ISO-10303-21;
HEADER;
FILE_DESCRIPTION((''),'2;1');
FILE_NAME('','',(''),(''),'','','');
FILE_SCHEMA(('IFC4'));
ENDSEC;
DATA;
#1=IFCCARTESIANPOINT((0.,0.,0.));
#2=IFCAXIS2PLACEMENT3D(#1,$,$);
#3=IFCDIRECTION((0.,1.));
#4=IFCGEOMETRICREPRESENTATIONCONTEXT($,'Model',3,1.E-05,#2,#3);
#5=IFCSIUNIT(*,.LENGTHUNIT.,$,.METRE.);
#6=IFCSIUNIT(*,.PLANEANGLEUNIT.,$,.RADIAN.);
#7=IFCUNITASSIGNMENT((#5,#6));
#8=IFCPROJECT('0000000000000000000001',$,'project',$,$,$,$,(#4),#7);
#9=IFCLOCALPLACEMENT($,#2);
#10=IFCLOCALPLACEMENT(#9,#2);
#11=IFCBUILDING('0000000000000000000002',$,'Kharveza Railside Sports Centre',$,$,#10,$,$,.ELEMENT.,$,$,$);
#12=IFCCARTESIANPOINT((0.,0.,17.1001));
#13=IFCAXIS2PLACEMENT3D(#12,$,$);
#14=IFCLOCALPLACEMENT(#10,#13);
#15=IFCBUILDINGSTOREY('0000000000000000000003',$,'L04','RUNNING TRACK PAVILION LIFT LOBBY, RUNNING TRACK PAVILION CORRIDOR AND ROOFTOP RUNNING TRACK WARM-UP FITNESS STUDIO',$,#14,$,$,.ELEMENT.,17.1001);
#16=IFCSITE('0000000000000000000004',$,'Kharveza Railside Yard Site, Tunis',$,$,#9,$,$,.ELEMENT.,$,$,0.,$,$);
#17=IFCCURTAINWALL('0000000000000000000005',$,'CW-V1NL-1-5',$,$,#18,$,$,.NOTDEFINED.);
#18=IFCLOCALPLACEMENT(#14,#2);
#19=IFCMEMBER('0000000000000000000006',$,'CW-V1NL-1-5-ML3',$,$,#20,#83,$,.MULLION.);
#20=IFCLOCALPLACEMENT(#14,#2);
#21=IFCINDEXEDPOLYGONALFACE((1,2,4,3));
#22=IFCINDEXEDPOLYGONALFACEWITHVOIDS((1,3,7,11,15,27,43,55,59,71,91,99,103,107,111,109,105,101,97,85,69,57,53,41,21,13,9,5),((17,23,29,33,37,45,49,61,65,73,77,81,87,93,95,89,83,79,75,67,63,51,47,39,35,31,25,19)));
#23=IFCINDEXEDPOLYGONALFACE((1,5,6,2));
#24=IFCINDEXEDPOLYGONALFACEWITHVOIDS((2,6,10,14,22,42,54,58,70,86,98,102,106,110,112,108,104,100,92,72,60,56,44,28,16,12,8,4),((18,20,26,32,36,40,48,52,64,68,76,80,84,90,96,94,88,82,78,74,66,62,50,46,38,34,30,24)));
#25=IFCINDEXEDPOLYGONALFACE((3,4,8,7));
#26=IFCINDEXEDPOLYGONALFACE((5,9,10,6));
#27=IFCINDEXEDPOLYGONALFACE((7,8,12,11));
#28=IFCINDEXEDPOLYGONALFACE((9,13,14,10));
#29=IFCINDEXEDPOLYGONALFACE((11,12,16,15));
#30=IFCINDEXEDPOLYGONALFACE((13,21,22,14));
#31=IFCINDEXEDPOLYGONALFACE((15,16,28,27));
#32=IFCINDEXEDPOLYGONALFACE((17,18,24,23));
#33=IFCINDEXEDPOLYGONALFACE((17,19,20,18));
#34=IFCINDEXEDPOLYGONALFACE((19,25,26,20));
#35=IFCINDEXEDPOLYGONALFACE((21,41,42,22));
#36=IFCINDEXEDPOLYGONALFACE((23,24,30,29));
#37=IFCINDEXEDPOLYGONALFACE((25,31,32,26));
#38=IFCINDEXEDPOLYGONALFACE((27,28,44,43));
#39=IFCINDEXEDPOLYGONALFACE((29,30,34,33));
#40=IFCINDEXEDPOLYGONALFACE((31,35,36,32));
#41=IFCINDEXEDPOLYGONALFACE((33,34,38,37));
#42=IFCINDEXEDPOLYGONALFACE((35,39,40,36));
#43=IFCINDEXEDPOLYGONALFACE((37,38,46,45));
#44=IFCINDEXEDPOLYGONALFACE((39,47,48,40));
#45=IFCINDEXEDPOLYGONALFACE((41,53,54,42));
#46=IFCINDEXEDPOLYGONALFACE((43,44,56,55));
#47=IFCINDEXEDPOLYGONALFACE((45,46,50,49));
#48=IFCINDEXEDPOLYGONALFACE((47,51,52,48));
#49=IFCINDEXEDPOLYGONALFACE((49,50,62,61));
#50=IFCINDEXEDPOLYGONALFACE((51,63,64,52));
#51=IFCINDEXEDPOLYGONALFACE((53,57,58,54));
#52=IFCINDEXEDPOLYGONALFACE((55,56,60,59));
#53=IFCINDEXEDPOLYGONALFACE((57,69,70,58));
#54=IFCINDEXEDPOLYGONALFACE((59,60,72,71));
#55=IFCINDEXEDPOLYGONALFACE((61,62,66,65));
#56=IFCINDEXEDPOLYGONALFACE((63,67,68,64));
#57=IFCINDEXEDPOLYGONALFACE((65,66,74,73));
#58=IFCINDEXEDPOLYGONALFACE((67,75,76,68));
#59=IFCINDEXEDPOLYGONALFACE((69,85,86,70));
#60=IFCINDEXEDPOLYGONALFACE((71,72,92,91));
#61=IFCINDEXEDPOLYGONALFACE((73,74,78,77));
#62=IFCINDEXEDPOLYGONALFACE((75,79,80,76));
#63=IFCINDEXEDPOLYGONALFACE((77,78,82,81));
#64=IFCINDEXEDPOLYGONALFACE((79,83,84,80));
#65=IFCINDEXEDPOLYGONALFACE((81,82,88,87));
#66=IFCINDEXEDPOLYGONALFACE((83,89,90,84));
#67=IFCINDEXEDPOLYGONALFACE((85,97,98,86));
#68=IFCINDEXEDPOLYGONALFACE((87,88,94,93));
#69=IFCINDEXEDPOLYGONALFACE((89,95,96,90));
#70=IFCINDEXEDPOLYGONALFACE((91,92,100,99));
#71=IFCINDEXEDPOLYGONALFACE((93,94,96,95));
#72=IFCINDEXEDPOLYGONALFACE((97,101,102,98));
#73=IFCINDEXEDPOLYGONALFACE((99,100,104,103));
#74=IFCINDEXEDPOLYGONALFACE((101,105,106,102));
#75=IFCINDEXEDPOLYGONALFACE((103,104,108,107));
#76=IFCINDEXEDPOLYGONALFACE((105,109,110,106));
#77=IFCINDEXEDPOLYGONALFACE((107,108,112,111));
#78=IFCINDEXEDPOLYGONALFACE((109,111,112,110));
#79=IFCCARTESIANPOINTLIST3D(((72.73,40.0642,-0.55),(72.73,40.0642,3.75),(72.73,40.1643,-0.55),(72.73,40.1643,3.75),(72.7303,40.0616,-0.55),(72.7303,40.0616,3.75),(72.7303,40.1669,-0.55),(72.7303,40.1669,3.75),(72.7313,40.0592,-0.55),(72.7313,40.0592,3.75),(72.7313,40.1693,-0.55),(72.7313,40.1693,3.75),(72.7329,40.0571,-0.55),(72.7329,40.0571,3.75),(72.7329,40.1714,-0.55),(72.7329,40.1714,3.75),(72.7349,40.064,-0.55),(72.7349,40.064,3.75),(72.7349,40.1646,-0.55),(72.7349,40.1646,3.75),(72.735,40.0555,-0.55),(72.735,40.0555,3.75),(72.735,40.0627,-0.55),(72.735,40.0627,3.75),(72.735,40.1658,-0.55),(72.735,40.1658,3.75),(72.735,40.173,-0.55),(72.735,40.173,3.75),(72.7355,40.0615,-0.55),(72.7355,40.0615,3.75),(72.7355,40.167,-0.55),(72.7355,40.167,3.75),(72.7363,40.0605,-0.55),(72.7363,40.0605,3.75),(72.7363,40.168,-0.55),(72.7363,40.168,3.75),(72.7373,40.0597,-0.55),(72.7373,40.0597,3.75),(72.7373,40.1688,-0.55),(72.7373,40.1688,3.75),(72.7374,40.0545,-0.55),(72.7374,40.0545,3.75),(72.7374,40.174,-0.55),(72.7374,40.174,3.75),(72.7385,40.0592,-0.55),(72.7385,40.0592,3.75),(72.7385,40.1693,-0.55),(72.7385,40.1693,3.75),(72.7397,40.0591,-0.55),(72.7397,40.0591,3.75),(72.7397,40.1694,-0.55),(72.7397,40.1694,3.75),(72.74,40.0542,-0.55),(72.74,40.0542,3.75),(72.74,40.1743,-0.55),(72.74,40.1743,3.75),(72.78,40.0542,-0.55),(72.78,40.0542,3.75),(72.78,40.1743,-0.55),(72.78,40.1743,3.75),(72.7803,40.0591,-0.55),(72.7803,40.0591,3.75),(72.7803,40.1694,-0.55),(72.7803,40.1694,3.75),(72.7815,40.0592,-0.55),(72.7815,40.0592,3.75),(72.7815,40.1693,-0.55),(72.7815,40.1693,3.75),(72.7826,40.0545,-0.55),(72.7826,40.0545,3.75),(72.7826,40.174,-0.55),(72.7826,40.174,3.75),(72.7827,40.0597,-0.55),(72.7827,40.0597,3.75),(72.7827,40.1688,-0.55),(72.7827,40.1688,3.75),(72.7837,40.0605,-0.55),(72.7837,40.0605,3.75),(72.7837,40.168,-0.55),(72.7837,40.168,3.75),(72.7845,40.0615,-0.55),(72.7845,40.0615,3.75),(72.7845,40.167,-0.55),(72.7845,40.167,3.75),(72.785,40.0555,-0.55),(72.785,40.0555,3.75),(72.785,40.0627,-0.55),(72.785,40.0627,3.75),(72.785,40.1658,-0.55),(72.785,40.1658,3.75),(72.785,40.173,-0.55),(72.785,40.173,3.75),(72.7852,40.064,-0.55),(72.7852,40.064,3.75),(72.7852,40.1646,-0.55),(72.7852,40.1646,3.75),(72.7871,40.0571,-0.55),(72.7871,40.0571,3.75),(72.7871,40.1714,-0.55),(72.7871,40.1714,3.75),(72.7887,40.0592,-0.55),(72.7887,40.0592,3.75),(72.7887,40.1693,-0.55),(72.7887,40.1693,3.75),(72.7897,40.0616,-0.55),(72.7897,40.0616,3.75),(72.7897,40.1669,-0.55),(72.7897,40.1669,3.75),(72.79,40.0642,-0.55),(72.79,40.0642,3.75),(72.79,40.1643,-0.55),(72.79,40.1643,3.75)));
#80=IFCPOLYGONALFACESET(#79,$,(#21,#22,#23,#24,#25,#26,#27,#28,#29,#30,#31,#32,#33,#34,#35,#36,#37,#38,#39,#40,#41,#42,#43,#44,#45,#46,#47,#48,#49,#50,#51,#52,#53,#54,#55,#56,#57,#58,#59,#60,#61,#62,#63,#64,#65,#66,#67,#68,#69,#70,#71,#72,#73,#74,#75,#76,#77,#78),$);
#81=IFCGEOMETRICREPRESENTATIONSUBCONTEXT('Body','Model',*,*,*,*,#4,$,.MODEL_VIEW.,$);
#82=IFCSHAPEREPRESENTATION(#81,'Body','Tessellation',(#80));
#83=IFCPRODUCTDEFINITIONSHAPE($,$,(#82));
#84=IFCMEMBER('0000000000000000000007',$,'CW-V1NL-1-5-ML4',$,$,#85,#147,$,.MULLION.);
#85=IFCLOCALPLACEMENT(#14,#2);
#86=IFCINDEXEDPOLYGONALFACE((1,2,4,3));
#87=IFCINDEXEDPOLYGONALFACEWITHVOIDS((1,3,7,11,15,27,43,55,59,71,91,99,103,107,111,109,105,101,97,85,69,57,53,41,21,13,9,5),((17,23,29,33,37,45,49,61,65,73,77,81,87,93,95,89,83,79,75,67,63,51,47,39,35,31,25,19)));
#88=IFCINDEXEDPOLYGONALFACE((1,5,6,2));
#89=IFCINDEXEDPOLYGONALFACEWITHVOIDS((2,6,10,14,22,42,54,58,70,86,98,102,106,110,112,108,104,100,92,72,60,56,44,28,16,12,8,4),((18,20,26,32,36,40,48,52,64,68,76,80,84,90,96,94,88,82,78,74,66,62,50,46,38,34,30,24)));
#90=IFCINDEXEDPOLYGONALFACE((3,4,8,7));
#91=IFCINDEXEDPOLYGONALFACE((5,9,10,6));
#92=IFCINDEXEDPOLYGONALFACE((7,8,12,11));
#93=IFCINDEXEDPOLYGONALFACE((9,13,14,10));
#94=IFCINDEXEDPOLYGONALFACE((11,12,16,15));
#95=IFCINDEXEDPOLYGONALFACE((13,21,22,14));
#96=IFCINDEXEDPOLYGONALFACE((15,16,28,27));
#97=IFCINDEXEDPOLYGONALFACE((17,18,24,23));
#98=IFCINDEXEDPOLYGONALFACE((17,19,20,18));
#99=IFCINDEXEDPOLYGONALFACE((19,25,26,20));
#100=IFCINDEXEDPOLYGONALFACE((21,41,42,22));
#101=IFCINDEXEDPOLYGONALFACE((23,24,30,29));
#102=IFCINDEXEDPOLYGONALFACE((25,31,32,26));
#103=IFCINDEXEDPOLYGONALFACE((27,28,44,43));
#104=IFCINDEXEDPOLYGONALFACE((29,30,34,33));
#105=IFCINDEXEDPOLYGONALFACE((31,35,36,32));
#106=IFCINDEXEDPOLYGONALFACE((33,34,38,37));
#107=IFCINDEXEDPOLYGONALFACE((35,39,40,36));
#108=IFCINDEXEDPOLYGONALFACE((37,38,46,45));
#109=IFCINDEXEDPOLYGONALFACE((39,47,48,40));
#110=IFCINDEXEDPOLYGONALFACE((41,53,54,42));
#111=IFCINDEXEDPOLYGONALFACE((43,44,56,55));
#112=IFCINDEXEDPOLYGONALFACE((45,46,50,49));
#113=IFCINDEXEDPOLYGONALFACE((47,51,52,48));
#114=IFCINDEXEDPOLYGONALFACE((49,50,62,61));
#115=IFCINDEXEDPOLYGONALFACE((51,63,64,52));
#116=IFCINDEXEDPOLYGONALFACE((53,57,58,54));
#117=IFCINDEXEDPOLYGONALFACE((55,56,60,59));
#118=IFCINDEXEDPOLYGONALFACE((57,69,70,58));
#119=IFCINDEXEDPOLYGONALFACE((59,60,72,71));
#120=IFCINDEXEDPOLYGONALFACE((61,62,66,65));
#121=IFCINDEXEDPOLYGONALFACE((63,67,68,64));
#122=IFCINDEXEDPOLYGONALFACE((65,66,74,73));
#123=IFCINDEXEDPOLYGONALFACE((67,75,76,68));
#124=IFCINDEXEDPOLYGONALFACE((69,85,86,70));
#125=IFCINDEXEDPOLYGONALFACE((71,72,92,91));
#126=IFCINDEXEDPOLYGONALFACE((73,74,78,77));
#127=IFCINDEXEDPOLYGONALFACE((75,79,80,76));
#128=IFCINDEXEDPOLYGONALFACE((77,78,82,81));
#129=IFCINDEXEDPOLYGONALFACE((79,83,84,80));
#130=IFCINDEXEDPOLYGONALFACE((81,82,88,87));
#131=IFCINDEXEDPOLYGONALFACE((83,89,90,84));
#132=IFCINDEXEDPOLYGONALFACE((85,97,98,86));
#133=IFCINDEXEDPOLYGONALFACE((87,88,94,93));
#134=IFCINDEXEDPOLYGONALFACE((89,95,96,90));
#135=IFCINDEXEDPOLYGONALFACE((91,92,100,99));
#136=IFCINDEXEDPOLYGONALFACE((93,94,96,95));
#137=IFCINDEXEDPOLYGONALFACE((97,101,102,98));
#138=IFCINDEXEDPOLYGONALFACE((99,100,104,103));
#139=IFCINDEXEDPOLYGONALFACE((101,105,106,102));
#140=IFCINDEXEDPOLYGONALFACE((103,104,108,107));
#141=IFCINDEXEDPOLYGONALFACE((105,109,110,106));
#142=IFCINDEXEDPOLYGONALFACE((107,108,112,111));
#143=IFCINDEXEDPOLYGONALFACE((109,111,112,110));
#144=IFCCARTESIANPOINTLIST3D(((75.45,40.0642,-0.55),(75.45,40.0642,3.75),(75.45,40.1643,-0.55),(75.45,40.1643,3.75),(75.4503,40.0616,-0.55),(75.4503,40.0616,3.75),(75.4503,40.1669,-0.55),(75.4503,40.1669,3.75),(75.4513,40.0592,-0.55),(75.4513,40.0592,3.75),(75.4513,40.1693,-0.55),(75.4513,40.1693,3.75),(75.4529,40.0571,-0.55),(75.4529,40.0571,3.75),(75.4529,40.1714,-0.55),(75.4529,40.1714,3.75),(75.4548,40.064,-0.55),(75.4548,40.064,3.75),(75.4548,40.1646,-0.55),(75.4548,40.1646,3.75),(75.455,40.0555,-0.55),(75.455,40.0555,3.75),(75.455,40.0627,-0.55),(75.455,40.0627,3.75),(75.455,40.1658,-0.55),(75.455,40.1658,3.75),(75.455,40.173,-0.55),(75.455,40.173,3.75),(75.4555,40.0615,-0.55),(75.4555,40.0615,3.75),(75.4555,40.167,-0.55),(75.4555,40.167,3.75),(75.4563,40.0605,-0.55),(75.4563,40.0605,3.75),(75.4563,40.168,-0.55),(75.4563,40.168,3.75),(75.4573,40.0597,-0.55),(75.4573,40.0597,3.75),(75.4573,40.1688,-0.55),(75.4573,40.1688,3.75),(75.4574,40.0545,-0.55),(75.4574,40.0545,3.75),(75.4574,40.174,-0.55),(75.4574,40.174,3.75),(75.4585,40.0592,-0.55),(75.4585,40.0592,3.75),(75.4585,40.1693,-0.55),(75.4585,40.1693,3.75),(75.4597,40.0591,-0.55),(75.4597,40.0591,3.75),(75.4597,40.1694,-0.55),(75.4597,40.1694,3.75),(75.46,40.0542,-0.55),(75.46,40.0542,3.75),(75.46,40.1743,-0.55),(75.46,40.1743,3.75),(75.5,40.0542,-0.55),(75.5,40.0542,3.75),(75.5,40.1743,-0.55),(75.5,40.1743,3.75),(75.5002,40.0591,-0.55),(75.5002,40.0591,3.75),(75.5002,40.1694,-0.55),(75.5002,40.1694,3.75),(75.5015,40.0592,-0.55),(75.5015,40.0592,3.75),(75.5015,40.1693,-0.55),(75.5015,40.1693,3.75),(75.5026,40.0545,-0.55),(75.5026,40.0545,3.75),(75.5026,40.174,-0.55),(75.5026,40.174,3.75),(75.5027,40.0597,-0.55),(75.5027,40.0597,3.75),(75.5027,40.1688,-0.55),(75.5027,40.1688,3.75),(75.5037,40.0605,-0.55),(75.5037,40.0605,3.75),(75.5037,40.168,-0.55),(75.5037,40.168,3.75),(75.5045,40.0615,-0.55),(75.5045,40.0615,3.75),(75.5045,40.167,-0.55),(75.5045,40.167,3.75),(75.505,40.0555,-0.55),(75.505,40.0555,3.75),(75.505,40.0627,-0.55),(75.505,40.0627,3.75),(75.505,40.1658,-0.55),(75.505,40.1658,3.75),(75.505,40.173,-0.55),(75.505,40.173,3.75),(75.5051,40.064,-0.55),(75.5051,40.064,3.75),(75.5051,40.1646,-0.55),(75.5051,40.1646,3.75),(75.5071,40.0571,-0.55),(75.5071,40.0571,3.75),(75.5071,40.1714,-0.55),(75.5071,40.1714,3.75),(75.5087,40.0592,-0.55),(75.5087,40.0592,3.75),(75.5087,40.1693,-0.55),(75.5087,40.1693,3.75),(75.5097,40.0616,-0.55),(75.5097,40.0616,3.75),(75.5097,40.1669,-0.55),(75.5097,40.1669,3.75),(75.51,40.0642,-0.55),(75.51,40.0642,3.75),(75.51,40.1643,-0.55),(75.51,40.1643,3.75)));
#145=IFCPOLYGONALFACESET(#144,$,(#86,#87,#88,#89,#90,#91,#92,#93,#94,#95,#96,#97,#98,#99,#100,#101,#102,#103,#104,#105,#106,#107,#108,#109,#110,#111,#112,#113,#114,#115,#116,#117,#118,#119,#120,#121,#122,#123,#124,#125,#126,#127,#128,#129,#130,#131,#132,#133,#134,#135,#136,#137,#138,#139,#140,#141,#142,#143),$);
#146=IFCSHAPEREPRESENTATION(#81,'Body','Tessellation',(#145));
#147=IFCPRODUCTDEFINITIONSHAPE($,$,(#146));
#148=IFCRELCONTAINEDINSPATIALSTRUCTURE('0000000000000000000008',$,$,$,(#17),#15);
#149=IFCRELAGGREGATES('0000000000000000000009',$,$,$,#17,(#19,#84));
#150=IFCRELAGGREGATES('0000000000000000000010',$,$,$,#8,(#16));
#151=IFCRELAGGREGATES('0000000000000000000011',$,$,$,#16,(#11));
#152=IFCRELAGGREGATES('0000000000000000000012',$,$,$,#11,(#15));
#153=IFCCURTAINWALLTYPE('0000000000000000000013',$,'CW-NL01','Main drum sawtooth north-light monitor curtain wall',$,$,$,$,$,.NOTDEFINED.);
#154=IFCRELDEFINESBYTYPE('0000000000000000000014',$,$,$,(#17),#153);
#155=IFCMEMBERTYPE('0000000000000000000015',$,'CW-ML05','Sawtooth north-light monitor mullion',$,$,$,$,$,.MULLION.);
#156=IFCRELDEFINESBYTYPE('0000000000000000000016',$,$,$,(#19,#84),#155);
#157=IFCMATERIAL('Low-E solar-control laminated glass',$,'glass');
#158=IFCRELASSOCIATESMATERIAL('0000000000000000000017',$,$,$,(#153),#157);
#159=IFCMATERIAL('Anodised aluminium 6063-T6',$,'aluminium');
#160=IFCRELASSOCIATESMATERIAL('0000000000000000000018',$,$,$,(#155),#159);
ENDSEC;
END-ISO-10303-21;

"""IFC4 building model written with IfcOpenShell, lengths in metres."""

from ifc_helpers import new_model, si_unit, direction, frame, origin, origin_2d, place, context, subcontext, project, spatial, hollow_rectangle, extrude, material, material_profile, profile_set, type_object, element, aggregate, save


model = new_model("IFC4")

# Units and contexts
model_context = context("Model", 3, precision=1e-05, world=origin(), true_north=direction((0.0, 1.0)))
body_context = subcontext(model_context, "Body", "Model", "MODEL_VIEW")
ifc_project = project(units=[si_unit("LENGTHUNIT", "METRE"), si_unit("PLANEANGLEUNIT", "RADIAN")], contexts=[model_context])

# Site, building, storey
site_placement = place(None, origin())
site = spatial("IfcSite", under=ifc_project, at=site_placement, Name="Kharveza Railside Yard Site, Tunis", CompositionType="ELEMENT", RefElevation=0.0)
building_placement = place(site_placement, origin())
building = spatial("IfcBuilding", under=site, at=building_placement, Name="Kharveza Railside Sports Centre", CompositionType="ELEMENT")
storey_placement = place(building_placement, frame((0.0, 0.0, 17.1001)))
storey = spatial("IfcBuildingStorey", under=building, at=storey_placement, Name="L04", Description="RUNNING TRACK PAVILION LIFT LOBBY, RUNNING TRACK PAVILION CORRIDOR AND ROOFTOP RUNNING TRACK WARM-UP FITNESS STUDIO", CompositionType="ELEMENT", Elevation=17.1001)

# Curtain wall, members
ifc_material_1 = material(Name="Low-E solar-control laminated glass", Category="glass")
curtain_wall_type = type_object("IfcCurtainWallType", Name="CW-NL01", Description="Main drum sawtooth north-light monitor curtain wall", PredefinedType="NOTDEFINED", material=ifc_material_1)
curtain_wall_1_placement = place(storey_placement, origin())
curtain_wall_1 = element("IfcCurtainWall", 1, at=curtain_wall_1_placement, inside=storey, type_object=curtain_wall_type, Name="CW-V1NL-1-5", PredefinedType="NOTDEFINED")
ifc_material_2 = material(Name="Anodised aluminium 6063-T6", Category="aluminium")
ifc_material_profile_1 = material_profile(ifc_material_2, hollow_rectangle(XDim=0.0601, YDim=0.1201, WallThickness=0.0049, InnerFilletRadius=0.0049, OuterFilletRadius=0.01, at=origin_2d()), Name="RHS 60x120x5.0")
ifc_profile_set_1 = profile_set([ifc_material_profile_1], Name="Anodised aluminium 6063-T6")
member_type_1 = type_object("IfcMemberType", Name="CW-ML05", Description="Sawtooth north-light monitor mullion", PredefinedType="MULLION", material=ifc_profile_set_1)
member_1_placement = place(storey_placement, frame((72.76, 40.1143, -0.55), z_axis=(0.0, 0.0, 1.0), x_axis=(1.0, 0.0, 0.0)))
member_1 = element("IfcMember", 2, at=member_1_placement, type_object=member_type_1, Name="CW-V1NL-1-5-ML3", PredefinedType="MULLION", context=body_context, shape_type="SweptSolid", body=[
    extrude(hollow_rectangle(XDim=0.0601, YDim=0.1201, WallThickness=0.0049, InnerFilletRadius=0.0049, OuterFilletRadius=0.01, at=origin_2d()), origin(), (0.0, 0.0, 1.0), 4.3),
])
member_2_placement = place(storey_placement, frame((75.48, 40.1143, -0.55), z_axis=(0.0, 0.0, 1.0), x_axis=(1.0, 0.0, 0.0)))
member_2 = element("IfcMember", 3, at=member_2_placement, type_object=member_type_1, Name="CW-V1NL-1-5-ML4", PredefinedType="MULLION", context=body_context, shape_type="SweptSolid", body=[
    extrude(hollow_rectangle(XDim=0.0601, YDim=0.1201, WallThickness=0.0049, InnerFilletRadius=0.0049, OuterFilletRadius=0.01, at=origin_2d()), origin(), (0.0, 0.0, 1.0), 4.3),
])

aggregate(curtain_wall_1, [member_1, member_2])

save(model, "model.ifc")
